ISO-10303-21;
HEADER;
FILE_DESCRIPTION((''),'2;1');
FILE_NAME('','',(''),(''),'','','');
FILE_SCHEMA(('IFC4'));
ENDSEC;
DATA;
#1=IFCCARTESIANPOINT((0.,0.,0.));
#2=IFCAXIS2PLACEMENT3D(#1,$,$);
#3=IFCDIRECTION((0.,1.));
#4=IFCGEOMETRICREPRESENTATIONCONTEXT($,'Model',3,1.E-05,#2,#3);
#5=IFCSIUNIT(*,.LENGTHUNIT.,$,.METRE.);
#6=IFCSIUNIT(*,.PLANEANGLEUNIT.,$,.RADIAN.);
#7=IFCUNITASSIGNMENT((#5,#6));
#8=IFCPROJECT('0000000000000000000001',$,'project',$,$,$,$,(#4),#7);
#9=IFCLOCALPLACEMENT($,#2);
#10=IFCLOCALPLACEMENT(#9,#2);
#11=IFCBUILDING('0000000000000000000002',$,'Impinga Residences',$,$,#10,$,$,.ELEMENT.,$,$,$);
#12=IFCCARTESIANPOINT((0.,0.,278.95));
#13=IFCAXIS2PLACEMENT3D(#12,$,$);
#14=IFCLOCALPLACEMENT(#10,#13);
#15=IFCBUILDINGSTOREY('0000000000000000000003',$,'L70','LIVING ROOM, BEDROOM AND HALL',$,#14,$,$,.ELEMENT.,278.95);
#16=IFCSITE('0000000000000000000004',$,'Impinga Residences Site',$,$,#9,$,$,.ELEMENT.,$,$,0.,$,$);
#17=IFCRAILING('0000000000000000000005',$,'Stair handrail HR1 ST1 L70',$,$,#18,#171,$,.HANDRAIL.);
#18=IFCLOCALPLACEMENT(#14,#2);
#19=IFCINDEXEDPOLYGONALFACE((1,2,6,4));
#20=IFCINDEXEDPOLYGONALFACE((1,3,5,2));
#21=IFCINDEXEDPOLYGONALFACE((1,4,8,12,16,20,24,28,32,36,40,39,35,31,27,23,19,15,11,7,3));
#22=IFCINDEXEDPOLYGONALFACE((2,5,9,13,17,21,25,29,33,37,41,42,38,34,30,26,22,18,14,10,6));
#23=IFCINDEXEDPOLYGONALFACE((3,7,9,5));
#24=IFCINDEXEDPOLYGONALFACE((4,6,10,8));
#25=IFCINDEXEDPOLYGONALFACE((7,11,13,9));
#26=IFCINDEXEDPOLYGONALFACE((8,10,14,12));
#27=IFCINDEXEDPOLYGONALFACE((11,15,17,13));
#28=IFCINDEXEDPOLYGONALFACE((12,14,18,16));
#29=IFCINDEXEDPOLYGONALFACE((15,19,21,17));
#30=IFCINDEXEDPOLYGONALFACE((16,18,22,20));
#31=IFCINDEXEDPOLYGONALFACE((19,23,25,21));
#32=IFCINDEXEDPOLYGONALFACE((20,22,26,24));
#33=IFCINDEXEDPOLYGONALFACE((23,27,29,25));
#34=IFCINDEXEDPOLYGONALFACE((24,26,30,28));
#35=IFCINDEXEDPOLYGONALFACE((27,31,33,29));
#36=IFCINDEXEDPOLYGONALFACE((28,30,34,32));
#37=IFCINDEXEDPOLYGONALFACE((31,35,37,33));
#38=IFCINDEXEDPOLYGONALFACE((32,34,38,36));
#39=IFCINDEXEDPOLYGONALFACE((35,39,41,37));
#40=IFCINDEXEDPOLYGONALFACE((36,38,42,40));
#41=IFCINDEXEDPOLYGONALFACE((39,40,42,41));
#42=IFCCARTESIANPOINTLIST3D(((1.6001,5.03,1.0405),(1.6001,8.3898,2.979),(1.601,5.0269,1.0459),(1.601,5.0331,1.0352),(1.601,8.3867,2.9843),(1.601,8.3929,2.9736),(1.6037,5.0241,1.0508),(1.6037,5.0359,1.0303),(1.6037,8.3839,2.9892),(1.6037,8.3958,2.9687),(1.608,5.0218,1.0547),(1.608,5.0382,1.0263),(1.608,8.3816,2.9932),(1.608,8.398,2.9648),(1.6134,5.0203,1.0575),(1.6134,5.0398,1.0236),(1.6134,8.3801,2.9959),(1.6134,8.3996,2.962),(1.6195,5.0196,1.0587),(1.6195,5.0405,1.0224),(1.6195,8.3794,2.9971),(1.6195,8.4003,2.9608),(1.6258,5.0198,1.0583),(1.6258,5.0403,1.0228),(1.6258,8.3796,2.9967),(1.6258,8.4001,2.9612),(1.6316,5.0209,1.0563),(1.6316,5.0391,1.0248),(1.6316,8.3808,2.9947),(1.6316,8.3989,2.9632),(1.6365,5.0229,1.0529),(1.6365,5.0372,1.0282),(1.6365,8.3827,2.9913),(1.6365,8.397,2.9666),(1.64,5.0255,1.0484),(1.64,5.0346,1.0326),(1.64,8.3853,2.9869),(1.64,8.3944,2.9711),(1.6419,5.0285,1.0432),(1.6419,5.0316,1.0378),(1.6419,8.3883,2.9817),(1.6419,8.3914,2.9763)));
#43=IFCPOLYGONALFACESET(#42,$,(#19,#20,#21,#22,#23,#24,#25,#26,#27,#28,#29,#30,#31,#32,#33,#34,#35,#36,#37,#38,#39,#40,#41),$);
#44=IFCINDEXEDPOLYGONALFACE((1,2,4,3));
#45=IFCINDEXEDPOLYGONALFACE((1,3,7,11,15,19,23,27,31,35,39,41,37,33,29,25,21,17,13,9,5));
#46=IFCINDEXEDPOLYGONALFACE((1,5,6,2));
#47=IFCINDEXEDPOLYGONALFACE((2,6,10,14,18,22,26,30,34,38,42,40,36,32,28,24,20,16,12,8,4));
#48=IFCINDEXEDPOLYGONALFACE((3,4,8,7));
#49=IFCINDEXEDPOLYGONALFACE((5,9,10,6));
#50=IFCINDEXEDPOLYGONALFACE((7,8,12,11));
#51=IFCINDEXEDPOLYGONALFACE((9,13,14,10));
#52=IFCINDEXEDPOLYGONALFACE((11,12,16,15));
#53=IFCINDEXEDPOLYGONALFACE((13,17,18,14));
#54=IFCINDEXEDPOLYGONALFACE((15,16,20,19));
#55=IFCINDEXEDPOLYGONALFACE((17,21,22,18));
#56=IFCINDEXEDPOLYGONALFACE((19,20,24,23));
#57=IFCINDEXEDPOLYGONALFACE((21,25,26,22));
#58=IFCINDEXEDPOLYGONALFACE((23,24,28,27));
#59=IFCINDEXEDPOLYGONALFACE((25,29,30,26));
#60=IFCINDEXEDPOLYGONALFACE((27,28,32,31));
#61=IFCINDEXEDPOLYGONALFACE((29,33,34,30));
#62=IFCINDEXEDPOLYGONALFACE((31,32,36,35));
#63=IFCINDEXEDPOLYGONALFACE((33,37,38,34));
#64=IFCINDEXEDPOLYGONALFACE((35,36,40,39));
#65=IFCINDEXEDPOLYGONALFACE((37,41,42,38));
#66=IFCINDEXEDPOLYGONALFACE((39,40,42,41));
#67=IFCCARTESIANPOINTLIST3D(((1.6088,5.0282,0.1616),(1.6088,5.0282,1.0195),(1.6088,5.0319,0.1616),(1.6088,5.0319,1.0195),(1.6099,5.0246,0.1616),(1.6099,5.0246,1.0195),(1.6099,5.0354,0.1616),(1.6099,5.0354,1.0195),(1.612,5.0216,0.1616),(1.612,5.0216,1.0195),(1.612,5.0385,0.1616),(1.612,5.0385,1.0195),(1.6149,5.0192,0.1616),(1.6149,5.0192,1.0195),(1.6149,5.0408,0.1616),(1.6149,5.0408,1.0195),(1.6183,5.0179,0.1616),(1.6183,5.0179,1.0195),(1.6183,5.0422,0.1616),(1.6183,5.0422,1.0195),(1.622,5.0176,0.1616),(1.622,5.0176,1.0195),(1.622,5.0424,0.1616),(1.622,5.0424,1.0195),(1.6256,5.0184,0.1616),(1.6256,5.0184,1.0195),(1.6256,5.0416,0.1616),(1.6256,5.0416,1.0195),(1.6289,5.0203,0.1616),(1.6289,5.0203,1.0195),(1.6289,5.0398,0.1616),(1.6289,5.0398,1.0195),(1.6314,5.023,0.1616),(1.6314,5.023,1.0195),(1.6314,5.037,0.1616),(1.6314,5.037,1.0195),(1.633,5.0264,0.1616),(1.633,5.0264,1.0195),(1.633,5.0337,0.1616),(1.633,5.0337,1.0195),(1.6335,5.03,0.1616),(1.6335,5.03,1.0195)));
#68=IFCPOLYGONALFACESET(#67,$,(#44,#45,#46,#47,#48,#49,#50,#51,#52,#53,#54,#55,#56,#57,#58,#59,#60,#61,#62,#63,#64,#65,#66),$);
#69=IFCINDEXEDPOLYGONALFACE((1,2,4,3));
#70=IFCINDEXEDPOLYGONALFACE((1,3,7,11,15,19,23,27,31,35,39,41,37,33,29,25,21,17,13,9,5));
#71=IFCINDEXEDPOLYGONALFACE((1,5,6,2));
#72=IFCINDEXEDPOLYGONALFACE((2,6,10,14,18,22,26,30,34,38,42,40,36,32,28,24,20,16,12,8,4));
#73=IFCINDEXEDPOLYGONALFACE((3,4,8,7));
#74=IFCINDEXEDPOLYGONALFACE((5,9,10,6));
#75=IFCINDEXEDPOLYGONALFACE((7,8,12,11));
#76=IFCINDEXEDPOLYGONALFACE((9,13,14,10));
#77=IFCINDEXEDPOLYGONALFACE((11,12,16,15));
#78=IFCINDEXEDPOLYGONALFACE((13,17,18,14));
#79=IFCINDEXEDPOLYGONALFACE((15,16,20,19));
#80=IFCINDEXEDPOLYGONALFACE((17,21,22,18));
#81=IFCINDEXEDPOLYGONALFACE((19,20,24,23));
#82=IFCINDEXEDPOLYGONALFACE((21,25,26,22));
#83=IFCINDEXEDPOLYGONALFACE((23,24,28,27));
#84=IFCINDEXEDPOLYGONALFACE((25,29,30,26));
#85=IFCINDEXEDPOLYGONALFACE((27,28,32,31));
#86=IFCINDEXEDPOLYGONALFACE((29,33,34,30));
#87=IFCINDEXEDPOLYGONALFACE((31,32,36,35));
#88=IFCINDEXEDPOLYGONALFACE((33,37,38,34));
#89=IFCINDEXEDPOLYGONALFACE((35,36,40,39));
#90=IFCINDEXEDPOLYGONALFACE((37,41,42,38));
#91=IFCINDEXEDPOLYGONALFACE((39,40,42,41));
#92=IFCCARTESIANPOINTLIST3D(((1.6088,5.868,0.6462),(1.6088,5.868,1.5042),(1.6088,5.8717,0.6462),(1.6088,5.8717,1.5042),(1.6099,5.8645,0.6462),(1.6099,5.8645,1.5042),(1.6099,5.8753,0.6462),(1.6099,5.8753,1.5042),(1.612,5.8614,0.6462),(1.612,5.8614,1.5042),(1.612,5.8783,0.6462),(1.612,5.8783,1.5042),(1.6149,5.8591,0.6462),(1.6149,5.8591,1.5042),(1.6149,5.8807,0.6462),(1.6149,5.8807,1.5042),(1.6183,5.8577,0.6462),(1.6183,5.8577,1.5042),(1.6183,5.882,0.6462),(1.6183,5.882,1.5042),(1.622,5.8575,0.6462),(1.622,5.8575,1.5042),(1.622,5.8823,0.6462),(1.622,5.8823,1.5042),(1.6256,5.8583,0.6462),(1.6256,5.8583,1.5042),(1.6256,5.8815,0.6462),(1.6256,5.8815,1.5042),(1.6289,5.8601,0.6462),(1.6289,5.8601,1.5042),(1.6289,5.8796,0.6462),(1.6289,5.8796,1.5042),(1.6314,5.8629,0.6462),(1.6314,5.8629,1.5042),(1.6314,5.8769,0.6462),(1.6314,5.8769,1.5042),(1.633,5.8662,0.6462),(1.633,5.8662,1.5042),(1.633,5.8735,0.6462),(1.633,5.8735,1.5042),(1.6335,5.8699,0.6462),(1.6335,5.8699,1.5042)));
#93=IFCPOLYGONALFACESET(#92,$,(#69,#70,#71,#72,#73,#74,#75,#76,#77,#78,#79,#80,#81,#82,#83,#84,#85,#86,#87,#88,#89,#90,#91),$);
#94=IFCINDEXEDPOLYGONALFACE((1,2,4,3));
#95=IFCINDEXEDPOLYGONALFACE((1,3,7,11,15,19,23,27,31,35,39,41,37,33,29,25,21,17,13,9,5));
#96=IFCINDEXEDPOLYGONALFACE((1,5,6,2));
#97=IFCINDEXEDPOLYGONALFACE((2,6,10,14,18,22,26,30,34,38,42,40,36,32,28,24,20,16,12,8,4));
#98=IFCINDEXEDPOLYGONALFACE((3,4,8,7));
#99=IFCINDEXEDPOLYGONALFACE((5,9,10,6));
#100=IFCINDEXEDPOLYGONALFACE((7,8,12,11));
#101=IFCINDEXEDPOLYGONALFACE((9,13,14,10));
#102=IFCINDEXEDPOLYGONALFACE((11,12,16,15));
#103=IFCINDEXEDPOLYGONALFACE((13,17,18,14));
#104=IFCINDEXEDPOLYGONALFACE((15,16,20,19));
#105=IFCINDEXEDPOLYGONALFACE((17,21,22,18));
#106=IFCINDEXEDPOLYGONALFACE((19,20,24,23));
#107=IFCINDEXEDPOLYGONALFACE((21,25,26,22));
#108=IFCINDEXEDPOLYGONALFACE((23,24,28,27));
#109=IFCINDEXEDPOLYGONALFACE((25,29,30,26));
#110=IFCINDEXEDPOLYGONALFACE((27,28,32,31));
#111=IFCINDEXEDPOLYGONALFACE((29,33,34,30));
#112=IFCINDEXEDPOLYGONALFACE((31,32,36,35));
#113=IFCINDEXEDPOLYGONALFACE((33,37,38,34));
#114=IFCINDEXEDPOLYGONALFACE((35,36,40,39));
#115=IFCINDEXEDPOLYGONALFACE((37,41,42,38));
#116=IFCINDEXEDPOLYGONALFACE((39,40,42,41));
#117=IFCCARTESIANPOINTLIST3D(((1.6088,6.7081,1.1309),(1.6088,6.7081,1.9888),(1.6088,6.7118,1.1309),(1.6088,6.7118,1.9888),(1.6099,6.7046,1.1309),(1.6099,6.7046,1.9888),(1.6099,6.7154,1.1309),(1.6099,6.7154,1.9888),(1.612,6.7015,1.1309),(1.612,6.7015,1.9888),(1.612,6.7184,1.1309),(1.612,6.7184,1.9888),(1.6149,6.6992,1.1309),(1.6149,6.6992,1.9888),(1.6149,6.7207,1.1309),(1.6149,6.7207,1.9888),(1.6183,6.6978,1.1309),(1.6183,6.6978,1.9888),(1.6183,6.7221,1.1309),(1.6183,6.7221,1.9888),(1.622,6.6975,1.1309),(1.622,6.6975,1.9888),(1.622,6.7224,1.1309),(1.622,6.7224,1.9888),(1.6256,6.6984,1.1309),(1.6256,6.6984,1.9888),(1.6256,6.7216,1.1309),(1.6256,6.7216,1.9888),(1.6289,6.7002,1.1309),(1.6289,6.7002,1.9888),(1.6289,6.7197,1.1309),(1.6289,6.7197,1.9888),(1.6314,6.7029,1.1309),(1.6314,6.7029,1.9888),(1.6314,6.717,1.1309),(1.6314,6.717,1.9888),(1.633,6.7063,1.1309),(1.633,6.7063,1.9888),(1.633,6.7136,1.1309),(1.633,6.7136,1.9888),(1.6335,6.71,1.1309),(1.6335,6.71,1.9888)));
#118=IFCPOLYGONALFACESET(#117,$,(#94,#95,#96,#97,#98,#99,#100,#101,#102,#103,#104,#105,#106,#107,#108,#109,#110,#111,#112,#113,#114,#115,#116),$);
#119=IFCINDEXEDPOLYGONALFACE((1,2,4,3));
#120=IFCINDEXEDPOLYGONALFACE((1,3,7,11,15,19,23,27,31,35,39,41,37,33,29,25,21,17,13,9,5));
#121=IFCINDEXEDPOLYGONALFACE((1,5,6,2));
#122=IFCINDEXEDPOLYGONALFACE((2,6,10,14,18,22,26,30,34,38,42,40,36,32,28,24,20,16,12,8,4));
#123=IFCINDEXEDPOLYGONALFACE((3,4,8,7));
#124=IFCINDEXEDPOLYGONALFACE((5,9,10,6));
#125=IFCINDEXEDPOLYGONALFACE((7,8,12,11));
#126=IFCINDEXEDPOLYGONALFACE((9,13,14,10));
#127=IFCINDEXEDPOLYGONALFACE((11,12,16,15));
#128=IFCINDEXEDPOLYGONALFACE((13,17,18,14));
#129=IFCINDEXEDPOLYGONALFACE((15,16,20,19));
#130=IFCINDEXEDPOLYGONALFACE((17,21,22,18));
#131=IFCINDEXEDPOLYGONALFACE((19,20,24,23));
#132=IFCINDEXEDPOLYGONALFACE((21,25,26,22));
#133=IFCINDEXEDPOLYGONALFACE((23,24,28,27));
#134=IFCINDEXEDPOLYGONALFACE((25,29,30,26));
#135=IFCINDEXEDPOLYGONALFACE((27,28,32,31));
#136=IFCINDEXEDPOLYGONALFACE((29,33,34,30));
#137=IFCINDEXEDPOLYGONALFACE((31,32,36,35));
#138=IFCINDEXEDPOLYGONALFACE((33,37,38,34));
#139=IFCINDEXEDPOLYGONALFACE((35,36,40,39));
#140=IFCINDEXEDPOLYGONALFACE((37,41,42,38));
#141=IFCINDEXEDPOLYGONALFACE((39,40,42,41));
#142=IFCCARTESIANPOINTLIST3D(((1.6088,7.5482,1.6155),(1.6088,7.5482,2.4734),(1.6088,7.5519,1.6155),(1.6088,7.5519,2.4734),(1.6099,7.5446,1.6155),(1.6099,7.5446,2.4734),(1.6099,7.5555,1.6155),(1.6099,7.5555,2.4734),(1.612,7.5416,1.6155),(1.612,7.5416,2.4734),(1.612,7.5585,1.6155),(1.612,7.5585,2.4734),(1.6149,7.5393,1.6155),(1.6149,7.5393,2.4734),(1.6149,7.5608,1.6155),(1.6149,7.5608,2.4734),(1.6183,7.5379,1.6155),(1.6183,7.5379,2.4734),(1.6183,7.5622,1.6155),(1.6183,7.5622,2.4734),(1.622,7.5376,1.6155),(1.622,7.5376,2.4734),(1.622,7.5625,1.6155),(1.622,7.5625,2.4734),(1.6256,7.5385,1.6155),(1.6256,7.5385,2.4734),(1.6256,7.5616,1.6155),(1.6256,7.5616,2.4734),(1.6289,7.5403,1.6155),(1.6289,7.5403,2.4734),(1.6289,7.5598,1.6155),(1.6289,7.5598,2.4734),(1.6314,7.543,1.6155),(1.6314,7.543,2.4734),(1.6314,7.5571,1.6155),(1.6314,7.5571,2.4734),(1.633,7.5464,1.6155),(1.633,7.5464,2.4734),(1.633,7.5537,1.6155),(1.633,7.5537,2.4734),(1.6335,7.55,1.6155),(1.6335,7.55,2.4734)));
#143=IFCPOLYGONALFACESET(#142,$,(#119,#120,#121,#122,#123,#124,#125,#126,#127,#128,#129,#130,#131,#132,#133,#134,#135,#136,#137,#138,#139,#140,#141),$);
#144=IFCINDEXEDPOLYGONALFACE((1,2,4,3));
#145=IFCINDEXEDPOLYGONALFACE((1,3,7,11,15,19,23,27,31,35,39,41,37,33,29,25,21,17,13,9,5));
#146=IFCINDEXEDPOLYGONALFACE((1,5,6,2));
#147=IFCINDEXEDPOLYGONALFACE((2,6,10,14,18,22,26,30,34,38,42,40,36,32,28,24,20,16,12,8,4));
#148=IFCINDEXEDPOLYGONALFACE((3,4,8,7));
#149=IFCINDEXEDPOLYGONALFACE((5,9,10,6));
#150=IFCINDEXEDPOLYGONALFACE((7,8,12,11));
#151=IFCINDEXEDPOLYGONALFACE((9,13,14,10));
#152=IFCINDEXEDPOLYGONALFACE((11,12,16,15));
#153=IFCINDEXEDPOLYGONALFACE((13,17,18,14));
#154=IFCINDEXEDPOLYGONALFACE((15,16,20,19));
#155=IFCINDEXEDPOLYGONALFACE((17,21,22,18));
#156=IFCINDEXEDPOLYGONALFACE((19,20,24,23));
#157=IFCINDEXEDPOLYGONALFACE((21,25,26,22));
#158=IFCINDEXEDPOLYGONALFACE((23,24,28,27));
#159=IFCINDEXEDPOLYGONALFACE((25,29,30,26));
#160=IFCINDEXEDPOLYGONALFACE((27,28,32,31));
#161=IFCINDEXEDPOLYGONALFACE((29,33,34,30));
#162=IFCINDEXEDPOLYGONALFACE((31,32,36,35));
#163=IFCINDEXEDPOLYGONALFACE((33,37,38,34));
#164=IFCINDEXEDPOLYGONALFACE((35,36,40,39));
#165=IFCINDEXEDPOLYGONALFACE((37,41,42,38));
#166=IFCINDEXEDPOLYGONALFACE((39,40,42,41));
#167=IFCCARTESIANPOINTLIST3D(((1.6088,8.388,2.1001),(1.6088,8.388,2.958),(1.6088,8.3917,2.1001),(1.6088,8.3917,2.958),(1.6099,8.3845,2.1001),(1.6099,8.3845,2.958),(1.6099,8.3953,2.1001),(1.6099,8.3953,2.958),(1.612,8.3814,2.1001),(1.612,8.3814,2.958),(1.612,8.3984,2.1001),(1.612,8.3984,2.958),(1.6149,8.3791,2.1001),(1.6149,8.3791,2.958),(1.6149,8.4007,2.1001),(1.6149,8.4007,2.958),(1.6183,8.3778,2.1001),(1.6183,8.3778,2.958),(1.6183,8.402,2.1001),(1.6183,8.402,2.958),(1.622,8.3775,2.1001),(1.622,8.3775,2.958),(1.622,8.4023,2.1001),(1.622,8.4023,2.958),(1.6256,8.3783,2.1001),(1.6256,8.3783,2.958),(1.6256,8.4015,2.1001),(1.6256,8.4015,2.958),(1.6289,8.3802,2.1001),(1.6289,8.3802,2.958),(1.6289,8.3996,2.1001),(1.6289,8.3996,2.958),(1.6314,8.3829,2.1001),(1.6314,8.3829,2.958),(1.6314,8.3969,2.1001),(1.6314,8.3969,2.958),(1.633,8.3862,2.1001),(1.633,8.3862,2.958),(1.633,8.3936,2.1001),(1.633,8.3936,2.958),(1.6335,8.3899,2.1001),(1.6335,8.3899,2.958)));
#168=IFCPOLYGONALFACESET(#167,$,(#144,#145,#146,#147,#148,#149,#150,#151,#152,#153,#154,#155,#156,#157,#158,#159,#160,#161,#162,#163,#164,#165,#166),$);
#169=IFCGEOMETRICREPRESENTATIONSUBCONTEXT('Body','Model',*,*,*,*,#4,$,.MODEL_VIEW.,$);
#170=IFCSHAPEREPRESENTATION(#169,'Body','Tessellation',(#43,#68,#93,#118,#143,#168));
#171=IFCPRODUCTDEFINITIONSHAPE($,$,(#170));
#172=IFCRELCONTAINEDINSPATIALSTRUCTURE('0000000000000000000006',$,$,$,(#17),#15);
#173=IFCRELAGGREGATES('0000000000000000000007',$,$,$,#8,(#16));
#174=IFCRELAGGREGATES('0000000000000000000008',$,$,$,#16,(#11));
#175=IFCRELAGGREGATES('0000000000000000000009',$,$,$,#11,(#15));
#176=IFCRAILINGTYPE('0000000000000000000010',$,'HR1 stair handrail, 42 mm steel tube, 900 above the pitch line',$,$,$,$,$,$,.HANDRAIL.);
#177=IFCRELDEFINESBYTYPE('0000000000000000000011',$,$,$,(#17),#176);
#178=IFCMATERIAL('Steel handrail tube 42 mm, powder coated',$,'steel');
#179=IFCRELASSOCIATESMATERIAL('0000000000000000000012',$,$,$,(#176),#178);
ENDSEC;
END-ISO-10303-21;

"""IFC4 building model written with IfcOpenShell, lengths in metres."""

from ifc_helpers import new_model, si_unit, direction, frame, origin, origin_2d, place, context, subcontext, project, spatial, circle, extrude, material, type_object, element, save


model = new_model("IFC4")

# Units and contexts
model_context = context("Model", 3, precision=1e-05, world=origin(), true_north=direction((0.0, 1.0)))
body_context = subcontext(model_context, "Body", "Model", "MODEL_VIEW")
ifc_project = project(units=[si_unit("LENGTHUNIT", "METRE"), si_unit("PLANEANGLEUNIT", "RADIAN")], contexts=[model_context])

# Site, building, storey
site_placement = place(None, origin())
site = spatial("IfcSite", under=ifc_project, at=site_placement, Name="Impinga Residences Site", CompositionType="ELEMENT", RefElevation=0.0)
building_placement = place(site_placement, origin())
building = spatial("IfcBuilding", under=site, at=building_placement, Name="Impinga Residences", CompositionType="ELEMENT")
storey_placement = place(building_placement, frame((0.0, 0.0, 278.95)))
storey = spatial("IfcBuildingStorey", under=building, at=storey_placement, Name="L70", Description="LIVING ROOM, BEDROOM AND HALL", CompositionType="ELEMENT", Elevation=278.95)

# Railing
ifc_material_1 = material(Name="Steel handrail tube 42 mm, powder coated", Category="steel")
railing_type_1 = type_object("IfcRailingType", Name="HR1 stair handrail, 42 mm steel tube, 900 above the pitch line", PredefinedType="HANDRAIL", material=ifc_material_1)
railing_1_placement = place(storey_placement, frame((1.6211, 5.03, 0.1616)))
element("IfcRailing", 1, at=railing_1_placement, inside=storey, type_object=railing_type_1, Name="Stair handrail HR1 ST1 L70", PredefinedType="HANDRAIL", context=body_context, shape_type="SweptSolid", body=[
    extrude(circle(Radius=0.021, at=origin_2d()), frame((0.0, 0.0, 0.8789), z_axis=(0.0, 0.866175, 0.499741), x_axis=(-1.0, 0.0, 0.0)), (0.0, 0.0, 1.0), 3.8789),
    extrude(circle(Radius=0.0125, at=origin_2d()), origin(), (0.0, 0.0, 1.0), 0.8579),
    extrude(circle(Radius=0.0125, at=origin_2d()), frame((0.0, 0.8398, 0.4846)), (0.0, 0.0, 1.0), 0.8579),
    extrude(circle(Radius=0.0125, at=origin_2d()), frame((0.0, 1.6799, 0.9692)), (0.0, 0.0, 1.0), 0.8579),
    extrude(circle(Radius=0.0125, at=origin_2d()), frame((0.0, 2.52, 1.4539)), (0.0, 0.0, 1.0), 0.8579),
    extrude(circle(Radius=0.0125, at=origin_2d()), frame((0.0, 3.3599, 1.9385)), (0.0, 0.0, 1.0), 0.8579),
])

save(model, "model.ifc")
